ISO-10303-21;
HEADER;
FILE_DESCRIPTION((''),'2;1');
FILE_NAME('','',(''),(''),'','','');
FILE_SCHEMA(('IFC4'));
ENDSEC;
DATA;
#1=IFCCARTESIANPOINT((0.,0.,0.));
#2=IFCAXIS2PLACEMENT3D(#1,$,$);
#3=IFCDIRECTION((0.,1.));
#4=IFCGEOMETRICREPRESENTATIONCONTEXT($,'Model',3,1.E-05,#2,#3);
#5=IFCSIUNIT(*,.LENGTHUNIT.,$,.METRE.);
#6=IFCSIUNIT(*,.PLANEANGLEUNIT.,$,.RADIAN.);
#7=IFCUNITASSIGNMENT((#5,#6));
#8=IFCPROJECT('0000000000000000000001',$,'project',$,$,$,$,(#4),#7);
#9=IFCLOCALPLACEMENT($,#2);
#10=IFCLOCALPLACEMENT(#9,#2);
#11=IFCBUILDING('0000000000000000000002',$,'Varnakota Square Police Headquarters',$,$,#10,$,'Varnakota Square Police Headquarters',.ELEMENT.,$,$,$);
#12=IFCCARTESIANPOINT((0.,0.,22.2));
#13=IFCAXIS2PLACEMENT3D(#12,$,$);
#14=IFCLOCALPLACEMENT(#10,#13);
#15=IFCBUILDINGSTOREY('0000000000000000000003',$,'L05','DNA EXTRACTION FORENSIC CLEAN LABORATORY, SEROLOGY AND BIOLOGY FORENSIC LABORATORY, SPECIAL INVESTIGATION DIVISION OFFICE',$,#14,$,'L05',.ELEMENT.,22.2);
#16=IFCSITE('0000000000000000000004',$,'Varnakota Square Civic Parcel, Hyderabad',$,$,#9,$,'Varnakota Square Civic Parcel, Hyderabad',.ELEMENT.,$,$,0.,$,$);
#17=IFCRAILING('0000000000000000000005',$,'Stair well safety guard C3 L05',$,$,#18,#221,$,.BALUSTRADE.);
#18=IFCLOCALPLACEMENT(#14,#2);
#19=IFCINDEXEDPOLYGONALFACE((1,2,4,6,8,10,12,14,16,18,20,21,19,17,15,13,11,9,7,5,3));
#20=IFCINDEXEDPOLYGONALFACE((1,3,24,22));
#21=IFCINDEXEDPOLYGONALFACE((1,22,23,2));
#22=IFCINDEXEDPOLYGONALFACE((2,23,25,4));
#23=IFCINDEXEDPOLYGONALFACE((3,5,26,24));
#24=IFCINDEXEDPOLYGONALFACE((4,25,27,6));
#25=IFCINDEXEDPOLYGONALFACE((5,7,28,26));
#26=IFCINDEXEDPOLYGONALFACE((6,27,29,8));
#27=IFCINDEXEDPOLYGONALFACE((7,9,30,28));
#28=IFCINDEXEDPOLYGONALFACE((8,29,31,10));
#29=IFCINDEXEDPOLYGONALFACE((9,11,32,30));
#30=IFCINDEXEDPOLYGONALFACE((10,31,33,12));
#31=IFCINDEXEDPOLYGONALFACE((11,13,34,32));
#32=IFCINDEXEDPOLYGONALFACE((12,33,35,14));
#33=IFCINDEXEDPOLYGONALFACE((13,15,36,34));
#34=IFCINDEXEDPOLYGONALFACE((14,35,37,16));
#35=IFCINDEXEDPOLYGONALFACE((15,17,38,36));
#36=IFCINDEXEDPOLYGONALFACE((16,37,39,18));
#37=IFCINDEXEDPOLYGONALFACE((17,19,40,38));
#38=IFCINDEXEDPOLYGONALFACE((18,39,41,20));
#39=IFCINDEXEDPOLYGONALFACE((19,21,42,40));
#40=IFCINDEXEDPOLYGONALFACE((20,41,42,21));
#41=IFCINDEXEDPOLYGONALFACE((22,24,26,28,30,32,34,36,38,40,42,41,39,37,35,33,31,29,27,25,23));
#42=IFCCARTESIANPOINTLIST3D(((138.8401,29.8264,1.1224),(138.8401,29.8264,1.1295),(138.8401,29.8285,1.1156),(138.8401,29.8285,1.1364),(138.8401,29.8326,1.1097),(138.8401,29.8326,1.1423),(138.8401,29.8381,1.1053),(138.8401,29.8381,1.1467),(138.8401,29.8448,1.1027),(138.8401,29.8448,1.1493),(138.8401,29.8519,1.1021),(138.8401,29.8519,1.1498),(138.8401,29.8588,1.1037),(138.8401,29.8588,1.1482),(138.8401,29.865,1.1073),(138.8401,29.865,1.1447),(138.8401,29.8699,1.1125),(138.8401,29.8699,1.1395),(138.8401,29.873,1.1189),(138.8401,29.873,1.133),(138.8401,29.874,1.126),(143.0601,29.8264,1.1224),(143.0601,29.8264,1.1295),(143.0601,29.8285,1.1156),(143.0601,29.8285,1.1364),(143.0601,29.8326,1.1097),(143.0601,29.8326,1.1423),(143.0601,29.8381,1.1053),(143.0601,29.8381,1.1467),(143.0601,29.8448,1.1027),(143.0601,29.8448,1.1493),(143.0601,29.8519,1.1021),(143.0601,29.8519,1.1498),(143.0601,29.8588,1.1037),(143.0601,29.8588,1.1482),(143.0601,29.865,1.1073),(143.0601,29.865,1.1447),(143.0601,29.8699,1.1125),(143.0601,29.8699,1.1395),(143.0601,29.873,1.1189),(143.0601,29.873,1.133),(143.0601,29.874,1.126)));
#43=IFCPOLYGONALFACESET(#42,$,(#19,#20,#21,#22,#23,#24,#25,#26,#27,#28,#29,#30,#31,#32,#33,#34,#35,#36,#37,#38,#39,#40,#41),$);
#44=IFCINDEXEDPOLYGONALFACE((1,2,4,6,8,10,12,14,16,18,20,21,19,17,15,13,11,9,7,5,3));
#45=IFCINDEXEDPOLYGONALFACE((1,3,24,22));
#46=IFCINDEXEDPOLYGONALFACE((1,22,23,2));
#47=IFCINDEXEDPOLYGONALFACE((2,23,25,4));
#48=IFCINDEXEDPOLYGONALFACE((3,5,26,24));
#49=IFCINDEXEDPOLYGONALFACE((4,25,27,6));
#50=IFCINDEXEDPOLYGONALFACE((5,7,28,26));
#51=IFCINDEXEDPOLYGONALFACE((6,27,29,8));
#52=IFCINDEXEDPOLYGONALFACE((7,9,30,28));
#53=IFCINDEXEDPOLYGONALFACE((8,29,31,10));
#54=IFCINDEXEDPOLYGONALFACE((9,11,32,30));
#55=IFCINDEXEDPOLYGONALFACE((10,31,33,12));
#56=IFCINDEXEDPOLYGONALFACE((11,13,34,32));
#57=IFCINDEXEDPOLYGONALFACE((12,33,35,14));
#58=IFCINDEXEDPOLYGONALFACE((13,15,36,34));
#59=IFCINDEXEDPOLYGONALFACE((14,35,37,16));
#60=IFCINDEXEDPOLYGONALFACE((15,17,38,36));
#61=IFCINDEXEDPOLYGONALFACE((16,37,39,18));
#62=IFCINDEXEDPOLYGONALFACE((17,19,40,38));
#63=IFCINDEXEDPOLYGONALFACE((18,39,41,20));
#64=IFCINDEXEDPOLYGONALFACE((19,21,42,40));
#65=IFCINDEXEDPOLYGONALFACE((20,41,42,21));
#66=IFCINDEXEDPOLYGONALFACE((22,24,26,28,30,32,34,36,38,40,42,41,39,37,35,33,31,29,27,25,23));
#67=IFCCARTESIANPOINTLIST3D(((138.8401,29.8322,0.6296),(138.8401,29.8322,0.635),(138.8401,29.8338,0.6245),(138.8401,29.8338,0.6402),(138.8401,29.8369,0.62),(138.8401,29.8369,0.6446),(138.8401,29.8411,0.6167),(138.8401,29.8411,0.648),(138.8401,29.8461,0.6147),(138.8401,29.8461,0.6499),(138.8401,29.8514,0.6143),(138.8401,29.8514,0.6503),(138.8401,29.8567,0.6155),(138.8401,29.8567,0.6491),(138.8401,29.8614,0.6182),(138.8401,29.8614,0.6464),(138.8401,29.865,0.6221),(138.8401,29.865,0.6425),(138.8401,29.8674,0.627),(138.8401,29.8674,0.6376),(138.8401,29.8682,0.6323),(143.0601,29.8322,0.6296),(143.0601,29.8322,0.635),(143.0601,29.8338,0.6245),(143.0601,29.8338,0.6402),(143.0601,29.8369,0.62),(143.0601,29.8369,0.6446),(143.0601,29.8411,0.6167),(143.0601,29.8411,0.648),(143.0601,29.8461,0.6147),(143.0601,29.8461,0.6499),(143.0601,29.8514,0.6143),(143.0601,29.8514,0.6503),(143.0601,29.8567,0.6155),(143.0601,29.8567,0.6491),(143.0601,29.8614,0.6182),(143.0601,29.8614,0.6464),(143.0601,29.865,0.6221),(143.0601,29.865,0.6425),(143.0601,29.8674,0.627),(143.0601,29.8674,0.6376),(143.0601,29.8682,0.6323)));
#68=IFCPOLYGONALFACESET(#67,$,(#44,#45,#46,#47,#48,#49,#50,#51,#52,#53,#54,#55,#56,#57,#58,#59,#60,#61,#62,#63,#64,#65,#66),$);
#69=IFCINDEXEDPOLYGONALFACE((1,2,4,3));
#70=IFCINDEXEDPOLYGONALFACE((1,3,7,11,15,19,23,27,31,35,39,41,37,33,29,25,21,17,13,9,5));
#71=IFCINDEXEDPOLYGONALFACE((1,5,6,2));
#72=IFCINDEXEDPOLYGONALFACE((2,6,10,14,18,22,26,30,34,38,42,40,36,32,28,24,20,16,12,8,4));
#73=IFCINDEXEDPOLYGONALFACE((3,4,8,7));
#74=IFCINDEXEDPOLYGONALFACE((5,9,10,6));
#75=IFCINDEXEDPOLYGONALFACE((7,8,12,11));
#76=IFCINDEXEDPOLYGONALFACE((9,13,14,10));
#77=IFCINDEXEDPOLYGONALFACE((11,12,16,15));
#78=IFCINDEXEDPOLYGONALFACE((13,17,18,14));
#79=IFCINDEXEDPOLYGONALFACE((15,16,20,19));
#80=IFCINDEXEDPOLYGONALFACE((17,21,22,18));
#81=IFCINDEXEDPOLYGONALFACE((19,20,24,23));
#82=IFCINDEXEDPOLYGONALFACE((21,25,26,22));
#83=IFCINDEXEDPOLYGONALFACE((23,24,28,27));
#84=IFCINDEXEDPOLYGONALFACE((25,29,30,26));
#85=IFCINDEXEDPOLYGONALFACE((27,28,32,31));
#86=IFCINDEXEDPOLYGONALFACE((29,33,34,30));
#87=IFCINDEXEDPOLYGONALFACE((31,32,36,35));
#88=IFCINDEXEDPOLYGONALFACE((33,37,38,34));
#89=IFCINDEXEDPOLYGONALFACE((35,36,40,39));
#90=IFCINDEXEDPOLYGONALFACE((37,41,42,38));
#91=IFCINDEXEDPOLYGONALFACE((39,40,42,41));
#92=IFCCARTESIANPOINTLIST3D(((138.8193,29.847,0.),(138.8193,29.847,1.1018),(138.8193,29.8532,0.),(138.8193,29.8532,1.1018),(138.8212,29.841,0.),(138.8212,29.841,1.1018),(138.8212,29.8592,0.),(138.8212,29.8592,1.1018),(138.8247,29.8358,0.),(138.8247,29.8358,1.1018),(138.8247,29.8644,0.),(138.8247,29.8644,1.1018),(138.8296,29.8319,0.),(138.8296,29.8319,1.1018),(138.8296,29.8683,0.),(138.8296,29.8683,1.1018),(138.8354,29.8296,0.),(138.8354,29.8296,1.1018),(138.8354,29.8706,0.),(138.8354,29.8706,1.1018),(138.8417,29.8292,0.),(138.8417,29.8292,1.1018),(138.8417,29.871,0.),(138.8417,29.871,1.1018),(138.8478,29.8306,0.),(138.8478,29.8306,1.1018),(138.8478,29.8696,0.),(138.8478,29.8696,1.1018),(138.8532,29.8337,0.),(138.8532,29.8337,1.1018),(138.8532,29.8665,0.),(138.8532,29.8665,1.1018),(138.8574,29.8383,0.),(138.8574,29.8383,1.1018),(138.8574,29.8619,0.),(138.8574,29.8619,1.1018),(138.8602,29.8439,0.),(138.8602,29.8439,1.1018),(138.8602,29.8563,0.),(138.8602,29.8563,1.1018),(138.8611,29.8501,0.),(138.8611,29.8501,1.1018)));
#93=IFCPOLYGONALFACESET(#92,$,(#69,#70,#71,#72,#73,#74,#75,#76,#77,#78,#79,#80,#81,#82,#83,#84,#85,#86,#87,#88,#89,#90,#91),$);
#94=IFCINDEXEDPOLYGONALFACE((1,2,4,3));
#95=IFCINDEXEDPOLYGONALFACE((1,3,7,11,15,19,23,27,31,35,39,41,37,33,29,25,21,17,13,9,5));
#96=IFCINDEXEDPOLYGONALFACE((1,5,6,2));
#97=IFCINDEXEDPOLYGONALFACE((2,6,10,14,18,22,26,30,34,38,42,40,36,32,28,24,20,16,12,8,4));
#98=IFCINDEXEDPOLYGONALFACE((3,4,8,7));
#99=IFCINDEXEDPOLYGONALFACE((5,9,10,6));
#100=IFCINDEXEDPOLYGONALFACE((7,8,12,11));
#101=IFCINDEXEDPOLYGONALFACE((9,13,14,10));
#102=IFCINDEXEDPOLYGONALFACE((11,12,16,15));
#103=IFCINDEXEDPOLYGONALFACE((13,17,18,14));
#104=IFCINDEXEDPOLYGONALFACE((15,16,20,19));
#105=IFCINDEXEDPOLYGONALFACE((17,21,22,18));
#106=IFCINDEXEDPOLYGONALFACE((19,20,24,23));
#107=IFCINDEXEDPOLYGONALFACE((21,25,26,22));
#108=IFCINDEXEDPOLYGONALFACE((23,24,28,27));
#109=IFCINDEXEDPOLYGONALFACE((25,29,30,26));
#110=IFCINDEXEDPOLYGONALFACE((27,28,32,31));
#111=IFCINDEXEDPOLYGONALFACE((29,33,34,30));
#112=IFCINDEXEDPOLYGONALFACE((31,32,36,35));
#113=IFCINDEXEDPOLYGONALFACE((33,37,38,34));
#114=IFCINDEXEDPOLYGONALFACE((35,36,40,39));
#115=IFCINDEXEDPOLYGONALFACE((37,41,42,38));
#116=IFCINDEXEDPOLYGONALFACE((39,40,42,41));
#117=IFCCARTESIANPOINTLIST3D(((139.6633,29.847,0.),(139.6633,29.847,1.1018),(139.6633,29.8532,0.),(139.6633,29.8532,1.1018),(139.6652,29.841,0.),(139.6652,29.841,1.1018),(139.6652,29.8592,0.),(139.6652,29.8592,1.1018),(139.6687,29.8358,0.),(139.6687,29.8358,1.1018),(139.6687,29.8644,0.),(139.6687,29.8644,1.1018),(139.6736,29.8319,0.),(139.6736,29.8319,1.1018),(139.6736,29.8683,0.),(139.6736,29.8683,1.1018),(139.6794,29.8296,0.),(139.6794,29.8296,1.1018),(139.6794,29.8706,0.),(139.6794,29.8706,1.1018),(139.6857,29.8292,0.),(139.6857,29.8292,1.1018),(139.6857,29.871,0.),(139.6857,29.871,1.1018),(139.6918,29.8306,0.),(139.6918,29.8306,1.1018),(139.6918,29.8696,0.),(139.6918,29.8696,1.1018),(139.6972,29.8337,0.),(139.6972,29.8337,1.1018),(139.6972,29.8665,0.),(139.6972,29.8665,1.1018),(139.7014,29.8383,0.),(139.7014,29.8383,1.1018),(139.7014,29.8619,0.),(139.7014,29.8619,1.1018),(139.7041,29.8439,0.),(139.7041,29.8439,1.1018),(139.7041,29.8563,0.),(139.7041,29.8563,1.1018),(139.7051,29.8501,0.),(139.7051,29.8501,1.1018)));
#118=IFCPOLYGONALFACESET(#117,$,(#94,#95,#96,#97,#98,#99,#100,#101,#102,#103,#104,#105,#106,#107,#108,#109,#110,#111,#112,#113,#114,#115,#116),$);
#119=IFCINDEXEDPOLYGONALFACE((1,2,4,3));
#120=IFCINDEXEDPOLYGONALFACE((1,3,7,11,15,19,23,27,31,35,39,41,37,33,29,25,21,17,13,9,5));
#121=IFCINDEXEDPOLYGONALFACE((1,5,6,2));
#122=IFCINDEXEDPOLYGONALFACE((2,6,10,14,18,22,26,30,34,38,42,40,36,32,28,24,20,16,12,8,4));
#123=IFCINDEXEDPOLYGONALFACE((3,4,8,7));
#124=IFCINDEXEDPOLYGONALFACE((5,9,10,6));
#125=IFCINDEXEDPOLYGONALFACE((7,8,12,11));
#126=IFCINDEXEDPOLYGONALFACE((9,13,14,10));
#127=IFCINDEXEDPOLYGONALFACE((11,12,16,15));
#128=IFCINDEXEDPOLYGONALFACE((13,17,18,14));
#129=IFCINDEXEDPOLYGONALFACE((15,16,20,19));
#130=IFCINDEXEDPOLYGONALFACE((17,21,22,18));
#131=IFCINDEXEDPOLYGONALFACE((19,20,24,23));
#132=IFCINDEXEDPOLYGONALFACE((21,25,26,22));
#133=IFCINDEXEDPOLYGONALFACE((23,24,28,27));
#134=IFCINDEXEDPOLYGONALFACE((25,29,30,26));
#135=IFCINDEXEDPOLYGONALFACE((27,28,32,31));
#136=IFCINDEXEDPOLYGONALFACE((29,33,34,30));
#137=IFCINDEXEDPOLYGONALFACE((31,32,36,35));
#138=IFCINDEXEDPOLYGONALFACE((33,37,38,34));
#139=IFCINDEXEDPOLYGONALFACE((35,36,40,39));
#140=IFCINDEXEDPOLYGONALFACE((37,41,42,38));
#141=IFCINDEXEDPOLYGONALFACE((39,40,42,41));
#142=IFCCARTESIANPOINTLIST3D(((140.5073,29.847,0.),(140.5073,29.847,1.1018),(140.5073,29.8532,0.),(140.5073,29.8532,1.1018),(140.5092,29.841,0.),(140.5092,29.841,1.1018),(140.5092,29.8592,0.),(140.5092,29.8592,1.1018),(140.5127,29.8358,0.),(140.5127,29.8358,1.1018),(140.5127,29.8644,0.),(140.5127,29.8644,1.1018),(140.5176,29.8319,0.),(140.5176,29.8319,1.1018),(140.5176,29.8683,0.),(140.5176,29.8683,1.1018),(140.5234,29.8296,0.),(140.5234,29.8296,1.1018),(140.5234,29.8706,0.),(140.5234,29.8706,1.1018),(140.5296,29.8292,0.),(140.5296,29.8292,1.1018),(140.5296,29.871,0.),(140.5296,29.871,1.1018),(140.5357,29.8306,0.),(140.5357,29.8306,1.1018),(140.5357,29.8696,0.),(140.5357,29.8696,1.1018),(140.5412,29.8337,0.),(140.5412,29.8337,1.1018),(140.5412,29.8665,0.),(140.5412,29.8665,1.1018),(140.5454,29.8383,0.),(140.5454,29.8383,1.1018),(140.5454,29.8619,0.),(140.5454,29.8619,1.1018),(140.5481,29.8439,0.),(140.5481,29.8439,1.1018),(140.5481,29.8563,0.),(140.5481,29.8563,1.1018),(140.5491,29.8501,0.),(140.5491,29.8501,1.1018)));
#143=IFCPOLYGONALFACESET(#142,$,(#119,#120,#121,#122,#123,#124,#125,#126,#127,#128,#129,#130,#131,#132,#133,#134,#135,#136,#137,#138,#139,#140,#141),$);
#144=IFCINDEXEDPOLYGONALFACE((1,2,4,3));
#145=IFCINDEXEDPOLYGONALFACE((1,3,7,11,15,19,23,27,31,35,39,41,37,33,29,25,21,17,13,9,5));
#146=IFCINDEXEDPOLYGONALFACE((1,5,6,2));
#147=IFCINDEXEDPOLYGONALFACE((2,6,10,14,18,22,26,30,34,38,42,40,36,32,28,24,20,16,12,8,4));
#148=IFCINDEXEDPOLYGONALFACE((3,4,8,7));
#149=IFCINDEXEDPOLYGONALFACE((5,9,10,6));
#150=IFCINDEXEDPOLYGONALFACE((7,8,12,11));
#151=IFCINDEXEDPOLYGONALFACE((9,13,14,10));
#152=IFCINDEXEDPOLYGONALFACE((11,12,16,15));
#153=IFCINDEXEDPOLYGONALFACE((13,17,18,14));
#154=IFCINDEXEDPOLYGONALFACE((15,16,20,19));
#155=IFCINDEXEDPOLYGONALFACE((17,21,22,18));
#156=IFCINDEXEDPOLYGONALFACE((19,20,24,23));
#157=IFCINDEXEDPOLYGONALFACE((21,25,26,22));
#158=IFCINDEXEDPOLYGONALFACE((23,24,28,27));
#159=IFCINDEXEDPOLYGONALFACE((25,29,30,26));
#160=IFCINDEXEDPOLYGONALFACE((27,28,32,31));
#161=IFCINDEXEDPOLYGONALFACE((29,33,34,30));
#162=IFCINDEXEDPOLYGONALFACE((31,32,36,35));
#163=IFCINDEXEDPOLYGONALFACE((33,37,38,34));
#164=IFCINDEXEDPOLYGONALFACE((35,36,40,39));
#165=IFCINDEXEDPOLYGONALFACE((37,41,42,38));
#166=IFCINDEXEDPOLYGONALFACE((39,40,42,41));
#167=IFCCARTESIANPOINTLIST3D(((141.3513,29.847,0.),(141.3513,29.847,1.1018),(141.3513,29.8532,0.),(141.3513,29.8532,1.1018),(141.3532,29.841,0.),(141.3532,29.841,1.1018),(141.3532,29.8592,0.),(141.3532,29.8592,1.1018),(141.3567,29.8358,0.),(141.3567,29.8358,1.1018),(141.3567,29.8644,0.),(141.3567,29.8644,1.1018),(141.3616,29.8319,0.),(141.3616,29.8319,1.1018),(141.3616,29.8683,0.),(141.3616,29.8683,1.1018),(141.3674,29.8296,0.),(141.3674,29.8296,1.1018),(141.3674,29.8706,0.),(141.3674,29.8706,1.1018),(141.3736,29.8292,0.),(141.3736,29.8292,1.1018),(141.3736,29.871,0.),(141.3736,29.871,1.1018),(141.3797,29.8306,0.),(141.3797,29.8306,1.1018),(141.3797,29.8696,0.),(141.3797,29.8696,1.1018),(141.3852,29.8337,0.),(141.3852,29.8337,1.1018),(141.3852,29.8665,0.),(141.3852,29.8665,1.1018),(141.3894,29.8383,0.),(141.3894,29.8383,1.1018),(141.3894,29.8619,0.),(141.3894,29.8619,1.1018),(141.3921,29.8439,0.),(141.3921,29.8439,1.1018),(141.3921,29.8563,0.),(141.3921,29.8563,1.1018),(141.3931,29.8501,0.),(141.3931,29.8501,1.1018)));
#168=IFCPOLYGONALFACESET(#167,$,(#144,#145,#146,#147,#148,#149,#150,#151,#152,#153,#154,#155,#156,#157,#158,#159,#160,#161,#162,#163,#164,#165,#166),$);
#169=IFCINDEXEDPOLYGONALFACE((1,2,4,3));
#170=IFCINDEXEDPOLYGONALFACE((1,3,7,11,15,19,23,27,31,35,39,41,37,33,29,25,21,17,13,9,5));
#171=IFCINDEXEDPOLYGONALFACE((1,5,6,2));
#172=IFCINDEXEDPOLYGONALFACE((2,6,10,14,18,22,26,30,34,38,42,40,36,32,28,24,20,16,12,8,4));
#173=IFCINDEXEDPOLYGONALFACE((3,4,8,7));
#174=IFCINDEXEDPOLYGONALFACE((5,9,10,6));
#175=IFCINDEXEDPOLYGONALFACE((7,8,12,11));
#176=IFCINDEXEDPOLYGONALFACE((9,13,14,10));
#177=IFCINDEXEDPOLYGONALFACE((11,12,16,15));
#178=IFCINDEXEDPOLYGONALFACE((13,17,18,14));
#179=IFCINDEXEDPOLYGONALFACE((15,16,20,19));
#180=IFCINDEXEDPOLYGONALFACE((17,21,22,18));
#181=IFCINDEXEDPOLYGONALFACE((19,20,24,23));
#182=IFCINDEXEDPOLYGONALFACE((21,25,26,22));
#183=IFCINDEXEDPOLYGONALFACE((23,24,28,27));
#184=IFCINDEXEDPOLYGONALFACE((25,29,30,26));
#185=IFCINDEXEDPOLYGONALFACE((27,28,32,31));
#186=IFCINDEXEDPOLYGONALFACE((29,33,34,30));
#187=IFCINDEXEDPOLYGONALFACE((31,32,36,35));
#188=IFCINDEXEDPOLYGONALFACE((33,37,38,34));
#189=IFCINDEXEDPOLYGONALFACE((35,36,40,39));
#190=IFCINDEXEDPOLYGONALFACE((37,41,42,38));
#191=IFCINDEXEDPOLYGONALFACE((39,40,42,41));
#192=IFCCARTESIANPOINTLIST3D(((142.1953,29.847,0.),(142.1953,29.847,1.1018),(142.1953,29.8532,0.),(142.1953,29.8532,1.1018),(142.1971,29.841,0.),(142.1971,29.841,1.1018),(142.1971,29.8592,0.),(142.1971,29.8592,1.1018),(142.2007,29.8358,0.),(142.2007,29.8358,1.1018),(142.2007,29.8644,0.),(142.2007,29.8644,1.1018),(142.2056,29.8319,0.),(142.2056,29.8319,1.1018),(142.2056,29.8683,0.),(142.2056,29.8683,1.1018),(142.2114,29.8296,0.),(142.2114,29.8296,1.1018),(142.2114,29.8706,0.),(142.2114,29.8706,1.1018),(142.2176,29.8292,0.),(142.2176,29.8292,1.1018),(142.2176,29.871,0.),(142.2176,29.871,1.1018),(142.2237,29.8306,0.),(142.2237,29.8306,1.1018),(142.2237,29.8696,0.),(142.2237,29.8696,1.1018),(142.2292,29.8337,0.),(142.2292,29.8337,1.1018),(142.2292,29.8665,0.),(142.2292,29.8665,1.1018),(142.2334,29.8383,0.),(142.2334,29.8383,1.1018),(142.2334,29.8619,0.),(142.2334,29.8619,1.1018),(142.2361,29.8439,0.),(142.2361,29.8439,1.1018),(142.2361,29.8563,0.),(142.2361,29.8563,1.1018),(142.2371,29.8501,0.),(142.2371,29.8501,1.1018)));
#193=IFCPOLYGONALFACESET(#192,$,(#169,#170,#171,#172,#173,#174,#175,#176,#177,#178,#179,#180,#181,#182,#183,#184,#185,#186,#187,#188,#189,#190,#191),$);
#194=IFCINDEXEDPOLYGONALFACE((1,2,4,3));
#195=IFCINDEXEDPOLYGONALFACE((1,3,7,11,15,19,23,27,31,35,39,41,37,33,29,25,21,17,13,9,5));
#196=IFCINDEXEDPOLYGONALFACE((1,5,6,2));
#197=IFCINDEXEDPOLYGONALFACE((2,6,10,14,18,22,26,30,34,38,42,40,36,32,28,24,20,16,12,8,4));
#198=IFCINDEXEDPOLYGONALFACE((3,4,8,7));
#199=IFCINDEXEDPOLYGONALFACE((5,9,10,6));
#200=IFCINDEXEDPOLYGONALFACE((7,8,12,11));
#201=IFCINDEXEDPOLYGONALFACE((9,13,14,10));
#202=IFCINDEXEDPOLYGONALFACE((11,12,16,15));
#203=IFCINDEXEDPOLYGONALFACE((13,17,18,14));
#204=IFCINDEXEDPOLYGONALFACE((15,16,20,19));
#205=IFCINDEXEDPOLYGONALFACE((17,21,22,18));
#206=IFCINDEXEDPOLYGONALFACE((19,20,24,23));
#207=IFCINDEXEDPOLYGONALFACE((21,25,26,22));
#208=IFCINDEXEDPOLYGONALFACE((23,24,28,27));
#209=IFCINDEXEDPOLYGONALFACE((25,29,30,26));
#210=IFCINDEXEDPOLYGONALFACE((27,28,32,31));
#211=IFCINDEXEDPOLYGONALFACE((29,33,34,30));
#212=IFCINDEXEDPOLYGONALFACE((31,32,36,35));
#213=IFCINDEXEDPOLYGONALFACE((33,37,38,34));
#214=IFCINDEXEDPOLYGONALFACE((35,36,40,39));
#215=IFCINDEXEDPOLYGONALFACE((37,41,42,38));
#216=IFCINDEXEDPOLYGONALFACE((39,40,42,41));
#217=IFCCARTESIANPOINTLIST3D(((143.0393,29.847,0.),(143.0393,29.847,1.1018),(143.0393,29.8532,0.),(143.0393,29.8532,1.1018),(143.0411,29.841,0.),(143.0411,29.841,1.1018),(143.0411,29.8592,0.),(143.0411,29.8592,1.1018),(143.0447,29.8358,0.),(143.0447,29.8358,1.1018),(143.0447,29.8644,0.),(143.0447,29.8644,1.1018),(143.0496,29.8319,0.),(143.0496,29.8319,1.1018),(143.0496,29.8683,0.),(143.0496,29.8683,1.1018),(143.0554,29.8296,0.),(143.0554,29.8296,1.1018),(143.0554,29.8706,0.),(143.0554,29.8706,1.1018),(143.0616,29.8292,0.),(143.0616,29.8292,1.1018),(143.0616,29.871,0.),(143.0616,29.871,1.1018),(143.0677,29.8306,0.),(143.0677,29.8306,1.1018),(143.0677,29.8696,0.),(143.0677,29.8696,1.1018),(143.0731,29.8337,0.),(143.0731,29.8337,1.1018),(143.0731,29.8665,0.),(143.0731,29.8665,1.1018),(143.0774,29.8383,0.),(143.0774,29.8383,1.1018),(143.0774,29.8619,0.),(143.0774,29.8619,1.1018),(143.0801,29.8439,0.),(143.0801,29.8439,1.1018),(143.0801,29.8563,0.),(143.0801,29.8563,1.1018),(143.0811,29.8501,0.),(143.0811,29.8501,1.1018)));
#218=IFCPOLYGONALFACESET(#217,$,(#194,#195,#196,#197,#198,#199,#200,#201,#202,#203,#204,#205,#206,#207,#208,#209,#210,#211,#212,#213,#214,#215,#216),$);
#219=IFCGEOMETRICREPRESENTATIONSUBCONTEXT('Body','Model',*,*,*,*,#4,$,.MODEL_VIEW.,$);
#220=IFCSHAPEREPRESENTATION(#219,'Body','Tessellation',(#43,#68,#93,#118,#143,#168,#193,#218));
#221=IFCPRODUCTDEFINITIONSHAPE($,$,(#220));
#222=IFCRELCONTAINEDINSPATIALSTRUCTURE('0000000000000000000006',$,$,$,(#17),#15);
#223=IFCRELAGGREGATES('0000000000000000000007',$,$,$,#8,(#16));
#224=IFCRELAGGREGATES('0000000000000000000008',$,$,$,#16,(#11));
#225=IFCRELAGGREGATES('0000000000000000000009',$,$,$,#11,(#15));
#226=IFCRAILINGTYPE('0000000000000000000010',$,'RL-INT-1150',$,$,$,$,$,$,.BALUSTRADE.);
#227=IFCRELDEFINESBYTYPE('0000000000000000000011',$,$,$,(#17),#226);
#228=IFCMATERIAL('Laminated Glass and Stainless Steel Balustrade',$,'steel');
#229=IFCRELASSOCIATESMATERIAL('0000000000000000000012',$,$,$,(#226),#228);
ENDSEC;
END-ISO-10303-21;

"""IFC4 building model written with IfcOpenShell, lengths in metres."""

from ifc_helpers import new_model, si_unit, direction, frame, origin, origin_2d, place, context, subcontext, project, spatial, circle, extrude, material, type_object, element, save


model = new_model("IFC4")

# Units and contexts
model_context = context("Model", 3, precision=1e-05, world=origin(), true_north=direction((0.0, 1.0)))
body_context = subcontext(model_context, "Body", "Model", "MODEL_VIEW")
ifc_project = project(units=[si_unit("LENGTHUNIT", "METRE"), si_unit("PLANEANGLEUNIT", "RADIAN")], contexts=[model_context])

# Site, building, storey
site_placement = place(None, origin())
site = spatial("IfcSite", under=ifc_project, at=site_placement, Name="Varnakota Square Civic Parcel, Hyderabad", LongName="Varnakota Square Civic Parcel, Hyderabad", CompositionType="ELEMENT", RefElevation=0.0)
building_placement = place(site_placement, origin())
building = spatial("IfcBuilding", under=site, at=building_placement, Name="Varnakota Square Police Headquarters", LongName="Varnakota Square Police Headquarters", CompositionType="ELEMENT")
storey_placement = place(building_placement, frame((0.0, 0.0, 22.2)))
storey = spatial("IfcBuildingStorey", under=building, at=storey_placement, Name="L05", Description="DNA EXTRACTION FORENSIC CLEAN LABORATORY, SEROLOGY AND BIOLOGY FORENSIC LABORATORY, SPECIAL INVESTIGATION DIVISION OFFICE", LongName="L05", CompositionType="ELEMENT", Elevation=22.2)

# Railing
ifc_material_1 = material(Name="Laminated Glass and Stainless Steel Balustrade", Category="steel")
railing_type_1 = type_object("IfcRailingType", Name="RL-INT-1150", PredefinedType="BALUSTRADE", material=ifc_material_1)
railing_1_placement = place(storey_placement, frame((138.8401, 29.8501, 0.0)))
element("IfcRailing", 1, at=railing_1_placement, inside=storey, type_object=railing_type_1, Name="Stair well safety guard C3 L05", PredefinedType="BALUSTRADE", context=body_context, shape_type="SweptSolid", body=[
    extrude(circle(Radius=0.0239, at=origin_2d()), frame((0.0, 0.0, 1.126), z_axis=(1.0, 0.0, 0.0), x_axis=(0.0, 1.0, 0.0)), (0.0, 0.0, 1.0), 4.22),
    extrude(circle(Radius=0.0181, at=origin_2d()), frame((0.0, 0.0, 0.6323), z_axis=(1.0, 0.0, 0.0), x_axis=(0.0, 1.0, 0.0)), (0.0, 0.0, 1.0), 4.22),
    extrude(circle(Radius=0.021, at=origin_2d()), origin(), (0.0, 0.0, 1.0), 1.1018),
    extrude(circle(Radius=0.021, at=origin_2d()), frame((0.844, 0.0, 0.0)), (0.0, 0.0, 1.0), 1.1018),
    extrude(circle(Radius=0.021, at=origin_2d()), frame((1.688, 0.0, 0.0)), (0.0, 0.0, 1.0), 1.1018),
    extrude(circle(Radius=0.021, at=origin_2d()), frame((2.532, 0.0, 0.0)), (0.0, 0.0, 1.0), 1.1018),
    extrude(circle(Radius=0.021, at=origin_2d()), frame((3.376, 0.0, 0.0)), (0.0, 0.0, 1.0), 1.1018),
    extrude(circle(Radius=0.021, at=origin_2d()), frame((4.22, 0.0, 0.0)), (0.0, 0.0, 1.0), 1.1018),
])

save(model, "model.ifc")
